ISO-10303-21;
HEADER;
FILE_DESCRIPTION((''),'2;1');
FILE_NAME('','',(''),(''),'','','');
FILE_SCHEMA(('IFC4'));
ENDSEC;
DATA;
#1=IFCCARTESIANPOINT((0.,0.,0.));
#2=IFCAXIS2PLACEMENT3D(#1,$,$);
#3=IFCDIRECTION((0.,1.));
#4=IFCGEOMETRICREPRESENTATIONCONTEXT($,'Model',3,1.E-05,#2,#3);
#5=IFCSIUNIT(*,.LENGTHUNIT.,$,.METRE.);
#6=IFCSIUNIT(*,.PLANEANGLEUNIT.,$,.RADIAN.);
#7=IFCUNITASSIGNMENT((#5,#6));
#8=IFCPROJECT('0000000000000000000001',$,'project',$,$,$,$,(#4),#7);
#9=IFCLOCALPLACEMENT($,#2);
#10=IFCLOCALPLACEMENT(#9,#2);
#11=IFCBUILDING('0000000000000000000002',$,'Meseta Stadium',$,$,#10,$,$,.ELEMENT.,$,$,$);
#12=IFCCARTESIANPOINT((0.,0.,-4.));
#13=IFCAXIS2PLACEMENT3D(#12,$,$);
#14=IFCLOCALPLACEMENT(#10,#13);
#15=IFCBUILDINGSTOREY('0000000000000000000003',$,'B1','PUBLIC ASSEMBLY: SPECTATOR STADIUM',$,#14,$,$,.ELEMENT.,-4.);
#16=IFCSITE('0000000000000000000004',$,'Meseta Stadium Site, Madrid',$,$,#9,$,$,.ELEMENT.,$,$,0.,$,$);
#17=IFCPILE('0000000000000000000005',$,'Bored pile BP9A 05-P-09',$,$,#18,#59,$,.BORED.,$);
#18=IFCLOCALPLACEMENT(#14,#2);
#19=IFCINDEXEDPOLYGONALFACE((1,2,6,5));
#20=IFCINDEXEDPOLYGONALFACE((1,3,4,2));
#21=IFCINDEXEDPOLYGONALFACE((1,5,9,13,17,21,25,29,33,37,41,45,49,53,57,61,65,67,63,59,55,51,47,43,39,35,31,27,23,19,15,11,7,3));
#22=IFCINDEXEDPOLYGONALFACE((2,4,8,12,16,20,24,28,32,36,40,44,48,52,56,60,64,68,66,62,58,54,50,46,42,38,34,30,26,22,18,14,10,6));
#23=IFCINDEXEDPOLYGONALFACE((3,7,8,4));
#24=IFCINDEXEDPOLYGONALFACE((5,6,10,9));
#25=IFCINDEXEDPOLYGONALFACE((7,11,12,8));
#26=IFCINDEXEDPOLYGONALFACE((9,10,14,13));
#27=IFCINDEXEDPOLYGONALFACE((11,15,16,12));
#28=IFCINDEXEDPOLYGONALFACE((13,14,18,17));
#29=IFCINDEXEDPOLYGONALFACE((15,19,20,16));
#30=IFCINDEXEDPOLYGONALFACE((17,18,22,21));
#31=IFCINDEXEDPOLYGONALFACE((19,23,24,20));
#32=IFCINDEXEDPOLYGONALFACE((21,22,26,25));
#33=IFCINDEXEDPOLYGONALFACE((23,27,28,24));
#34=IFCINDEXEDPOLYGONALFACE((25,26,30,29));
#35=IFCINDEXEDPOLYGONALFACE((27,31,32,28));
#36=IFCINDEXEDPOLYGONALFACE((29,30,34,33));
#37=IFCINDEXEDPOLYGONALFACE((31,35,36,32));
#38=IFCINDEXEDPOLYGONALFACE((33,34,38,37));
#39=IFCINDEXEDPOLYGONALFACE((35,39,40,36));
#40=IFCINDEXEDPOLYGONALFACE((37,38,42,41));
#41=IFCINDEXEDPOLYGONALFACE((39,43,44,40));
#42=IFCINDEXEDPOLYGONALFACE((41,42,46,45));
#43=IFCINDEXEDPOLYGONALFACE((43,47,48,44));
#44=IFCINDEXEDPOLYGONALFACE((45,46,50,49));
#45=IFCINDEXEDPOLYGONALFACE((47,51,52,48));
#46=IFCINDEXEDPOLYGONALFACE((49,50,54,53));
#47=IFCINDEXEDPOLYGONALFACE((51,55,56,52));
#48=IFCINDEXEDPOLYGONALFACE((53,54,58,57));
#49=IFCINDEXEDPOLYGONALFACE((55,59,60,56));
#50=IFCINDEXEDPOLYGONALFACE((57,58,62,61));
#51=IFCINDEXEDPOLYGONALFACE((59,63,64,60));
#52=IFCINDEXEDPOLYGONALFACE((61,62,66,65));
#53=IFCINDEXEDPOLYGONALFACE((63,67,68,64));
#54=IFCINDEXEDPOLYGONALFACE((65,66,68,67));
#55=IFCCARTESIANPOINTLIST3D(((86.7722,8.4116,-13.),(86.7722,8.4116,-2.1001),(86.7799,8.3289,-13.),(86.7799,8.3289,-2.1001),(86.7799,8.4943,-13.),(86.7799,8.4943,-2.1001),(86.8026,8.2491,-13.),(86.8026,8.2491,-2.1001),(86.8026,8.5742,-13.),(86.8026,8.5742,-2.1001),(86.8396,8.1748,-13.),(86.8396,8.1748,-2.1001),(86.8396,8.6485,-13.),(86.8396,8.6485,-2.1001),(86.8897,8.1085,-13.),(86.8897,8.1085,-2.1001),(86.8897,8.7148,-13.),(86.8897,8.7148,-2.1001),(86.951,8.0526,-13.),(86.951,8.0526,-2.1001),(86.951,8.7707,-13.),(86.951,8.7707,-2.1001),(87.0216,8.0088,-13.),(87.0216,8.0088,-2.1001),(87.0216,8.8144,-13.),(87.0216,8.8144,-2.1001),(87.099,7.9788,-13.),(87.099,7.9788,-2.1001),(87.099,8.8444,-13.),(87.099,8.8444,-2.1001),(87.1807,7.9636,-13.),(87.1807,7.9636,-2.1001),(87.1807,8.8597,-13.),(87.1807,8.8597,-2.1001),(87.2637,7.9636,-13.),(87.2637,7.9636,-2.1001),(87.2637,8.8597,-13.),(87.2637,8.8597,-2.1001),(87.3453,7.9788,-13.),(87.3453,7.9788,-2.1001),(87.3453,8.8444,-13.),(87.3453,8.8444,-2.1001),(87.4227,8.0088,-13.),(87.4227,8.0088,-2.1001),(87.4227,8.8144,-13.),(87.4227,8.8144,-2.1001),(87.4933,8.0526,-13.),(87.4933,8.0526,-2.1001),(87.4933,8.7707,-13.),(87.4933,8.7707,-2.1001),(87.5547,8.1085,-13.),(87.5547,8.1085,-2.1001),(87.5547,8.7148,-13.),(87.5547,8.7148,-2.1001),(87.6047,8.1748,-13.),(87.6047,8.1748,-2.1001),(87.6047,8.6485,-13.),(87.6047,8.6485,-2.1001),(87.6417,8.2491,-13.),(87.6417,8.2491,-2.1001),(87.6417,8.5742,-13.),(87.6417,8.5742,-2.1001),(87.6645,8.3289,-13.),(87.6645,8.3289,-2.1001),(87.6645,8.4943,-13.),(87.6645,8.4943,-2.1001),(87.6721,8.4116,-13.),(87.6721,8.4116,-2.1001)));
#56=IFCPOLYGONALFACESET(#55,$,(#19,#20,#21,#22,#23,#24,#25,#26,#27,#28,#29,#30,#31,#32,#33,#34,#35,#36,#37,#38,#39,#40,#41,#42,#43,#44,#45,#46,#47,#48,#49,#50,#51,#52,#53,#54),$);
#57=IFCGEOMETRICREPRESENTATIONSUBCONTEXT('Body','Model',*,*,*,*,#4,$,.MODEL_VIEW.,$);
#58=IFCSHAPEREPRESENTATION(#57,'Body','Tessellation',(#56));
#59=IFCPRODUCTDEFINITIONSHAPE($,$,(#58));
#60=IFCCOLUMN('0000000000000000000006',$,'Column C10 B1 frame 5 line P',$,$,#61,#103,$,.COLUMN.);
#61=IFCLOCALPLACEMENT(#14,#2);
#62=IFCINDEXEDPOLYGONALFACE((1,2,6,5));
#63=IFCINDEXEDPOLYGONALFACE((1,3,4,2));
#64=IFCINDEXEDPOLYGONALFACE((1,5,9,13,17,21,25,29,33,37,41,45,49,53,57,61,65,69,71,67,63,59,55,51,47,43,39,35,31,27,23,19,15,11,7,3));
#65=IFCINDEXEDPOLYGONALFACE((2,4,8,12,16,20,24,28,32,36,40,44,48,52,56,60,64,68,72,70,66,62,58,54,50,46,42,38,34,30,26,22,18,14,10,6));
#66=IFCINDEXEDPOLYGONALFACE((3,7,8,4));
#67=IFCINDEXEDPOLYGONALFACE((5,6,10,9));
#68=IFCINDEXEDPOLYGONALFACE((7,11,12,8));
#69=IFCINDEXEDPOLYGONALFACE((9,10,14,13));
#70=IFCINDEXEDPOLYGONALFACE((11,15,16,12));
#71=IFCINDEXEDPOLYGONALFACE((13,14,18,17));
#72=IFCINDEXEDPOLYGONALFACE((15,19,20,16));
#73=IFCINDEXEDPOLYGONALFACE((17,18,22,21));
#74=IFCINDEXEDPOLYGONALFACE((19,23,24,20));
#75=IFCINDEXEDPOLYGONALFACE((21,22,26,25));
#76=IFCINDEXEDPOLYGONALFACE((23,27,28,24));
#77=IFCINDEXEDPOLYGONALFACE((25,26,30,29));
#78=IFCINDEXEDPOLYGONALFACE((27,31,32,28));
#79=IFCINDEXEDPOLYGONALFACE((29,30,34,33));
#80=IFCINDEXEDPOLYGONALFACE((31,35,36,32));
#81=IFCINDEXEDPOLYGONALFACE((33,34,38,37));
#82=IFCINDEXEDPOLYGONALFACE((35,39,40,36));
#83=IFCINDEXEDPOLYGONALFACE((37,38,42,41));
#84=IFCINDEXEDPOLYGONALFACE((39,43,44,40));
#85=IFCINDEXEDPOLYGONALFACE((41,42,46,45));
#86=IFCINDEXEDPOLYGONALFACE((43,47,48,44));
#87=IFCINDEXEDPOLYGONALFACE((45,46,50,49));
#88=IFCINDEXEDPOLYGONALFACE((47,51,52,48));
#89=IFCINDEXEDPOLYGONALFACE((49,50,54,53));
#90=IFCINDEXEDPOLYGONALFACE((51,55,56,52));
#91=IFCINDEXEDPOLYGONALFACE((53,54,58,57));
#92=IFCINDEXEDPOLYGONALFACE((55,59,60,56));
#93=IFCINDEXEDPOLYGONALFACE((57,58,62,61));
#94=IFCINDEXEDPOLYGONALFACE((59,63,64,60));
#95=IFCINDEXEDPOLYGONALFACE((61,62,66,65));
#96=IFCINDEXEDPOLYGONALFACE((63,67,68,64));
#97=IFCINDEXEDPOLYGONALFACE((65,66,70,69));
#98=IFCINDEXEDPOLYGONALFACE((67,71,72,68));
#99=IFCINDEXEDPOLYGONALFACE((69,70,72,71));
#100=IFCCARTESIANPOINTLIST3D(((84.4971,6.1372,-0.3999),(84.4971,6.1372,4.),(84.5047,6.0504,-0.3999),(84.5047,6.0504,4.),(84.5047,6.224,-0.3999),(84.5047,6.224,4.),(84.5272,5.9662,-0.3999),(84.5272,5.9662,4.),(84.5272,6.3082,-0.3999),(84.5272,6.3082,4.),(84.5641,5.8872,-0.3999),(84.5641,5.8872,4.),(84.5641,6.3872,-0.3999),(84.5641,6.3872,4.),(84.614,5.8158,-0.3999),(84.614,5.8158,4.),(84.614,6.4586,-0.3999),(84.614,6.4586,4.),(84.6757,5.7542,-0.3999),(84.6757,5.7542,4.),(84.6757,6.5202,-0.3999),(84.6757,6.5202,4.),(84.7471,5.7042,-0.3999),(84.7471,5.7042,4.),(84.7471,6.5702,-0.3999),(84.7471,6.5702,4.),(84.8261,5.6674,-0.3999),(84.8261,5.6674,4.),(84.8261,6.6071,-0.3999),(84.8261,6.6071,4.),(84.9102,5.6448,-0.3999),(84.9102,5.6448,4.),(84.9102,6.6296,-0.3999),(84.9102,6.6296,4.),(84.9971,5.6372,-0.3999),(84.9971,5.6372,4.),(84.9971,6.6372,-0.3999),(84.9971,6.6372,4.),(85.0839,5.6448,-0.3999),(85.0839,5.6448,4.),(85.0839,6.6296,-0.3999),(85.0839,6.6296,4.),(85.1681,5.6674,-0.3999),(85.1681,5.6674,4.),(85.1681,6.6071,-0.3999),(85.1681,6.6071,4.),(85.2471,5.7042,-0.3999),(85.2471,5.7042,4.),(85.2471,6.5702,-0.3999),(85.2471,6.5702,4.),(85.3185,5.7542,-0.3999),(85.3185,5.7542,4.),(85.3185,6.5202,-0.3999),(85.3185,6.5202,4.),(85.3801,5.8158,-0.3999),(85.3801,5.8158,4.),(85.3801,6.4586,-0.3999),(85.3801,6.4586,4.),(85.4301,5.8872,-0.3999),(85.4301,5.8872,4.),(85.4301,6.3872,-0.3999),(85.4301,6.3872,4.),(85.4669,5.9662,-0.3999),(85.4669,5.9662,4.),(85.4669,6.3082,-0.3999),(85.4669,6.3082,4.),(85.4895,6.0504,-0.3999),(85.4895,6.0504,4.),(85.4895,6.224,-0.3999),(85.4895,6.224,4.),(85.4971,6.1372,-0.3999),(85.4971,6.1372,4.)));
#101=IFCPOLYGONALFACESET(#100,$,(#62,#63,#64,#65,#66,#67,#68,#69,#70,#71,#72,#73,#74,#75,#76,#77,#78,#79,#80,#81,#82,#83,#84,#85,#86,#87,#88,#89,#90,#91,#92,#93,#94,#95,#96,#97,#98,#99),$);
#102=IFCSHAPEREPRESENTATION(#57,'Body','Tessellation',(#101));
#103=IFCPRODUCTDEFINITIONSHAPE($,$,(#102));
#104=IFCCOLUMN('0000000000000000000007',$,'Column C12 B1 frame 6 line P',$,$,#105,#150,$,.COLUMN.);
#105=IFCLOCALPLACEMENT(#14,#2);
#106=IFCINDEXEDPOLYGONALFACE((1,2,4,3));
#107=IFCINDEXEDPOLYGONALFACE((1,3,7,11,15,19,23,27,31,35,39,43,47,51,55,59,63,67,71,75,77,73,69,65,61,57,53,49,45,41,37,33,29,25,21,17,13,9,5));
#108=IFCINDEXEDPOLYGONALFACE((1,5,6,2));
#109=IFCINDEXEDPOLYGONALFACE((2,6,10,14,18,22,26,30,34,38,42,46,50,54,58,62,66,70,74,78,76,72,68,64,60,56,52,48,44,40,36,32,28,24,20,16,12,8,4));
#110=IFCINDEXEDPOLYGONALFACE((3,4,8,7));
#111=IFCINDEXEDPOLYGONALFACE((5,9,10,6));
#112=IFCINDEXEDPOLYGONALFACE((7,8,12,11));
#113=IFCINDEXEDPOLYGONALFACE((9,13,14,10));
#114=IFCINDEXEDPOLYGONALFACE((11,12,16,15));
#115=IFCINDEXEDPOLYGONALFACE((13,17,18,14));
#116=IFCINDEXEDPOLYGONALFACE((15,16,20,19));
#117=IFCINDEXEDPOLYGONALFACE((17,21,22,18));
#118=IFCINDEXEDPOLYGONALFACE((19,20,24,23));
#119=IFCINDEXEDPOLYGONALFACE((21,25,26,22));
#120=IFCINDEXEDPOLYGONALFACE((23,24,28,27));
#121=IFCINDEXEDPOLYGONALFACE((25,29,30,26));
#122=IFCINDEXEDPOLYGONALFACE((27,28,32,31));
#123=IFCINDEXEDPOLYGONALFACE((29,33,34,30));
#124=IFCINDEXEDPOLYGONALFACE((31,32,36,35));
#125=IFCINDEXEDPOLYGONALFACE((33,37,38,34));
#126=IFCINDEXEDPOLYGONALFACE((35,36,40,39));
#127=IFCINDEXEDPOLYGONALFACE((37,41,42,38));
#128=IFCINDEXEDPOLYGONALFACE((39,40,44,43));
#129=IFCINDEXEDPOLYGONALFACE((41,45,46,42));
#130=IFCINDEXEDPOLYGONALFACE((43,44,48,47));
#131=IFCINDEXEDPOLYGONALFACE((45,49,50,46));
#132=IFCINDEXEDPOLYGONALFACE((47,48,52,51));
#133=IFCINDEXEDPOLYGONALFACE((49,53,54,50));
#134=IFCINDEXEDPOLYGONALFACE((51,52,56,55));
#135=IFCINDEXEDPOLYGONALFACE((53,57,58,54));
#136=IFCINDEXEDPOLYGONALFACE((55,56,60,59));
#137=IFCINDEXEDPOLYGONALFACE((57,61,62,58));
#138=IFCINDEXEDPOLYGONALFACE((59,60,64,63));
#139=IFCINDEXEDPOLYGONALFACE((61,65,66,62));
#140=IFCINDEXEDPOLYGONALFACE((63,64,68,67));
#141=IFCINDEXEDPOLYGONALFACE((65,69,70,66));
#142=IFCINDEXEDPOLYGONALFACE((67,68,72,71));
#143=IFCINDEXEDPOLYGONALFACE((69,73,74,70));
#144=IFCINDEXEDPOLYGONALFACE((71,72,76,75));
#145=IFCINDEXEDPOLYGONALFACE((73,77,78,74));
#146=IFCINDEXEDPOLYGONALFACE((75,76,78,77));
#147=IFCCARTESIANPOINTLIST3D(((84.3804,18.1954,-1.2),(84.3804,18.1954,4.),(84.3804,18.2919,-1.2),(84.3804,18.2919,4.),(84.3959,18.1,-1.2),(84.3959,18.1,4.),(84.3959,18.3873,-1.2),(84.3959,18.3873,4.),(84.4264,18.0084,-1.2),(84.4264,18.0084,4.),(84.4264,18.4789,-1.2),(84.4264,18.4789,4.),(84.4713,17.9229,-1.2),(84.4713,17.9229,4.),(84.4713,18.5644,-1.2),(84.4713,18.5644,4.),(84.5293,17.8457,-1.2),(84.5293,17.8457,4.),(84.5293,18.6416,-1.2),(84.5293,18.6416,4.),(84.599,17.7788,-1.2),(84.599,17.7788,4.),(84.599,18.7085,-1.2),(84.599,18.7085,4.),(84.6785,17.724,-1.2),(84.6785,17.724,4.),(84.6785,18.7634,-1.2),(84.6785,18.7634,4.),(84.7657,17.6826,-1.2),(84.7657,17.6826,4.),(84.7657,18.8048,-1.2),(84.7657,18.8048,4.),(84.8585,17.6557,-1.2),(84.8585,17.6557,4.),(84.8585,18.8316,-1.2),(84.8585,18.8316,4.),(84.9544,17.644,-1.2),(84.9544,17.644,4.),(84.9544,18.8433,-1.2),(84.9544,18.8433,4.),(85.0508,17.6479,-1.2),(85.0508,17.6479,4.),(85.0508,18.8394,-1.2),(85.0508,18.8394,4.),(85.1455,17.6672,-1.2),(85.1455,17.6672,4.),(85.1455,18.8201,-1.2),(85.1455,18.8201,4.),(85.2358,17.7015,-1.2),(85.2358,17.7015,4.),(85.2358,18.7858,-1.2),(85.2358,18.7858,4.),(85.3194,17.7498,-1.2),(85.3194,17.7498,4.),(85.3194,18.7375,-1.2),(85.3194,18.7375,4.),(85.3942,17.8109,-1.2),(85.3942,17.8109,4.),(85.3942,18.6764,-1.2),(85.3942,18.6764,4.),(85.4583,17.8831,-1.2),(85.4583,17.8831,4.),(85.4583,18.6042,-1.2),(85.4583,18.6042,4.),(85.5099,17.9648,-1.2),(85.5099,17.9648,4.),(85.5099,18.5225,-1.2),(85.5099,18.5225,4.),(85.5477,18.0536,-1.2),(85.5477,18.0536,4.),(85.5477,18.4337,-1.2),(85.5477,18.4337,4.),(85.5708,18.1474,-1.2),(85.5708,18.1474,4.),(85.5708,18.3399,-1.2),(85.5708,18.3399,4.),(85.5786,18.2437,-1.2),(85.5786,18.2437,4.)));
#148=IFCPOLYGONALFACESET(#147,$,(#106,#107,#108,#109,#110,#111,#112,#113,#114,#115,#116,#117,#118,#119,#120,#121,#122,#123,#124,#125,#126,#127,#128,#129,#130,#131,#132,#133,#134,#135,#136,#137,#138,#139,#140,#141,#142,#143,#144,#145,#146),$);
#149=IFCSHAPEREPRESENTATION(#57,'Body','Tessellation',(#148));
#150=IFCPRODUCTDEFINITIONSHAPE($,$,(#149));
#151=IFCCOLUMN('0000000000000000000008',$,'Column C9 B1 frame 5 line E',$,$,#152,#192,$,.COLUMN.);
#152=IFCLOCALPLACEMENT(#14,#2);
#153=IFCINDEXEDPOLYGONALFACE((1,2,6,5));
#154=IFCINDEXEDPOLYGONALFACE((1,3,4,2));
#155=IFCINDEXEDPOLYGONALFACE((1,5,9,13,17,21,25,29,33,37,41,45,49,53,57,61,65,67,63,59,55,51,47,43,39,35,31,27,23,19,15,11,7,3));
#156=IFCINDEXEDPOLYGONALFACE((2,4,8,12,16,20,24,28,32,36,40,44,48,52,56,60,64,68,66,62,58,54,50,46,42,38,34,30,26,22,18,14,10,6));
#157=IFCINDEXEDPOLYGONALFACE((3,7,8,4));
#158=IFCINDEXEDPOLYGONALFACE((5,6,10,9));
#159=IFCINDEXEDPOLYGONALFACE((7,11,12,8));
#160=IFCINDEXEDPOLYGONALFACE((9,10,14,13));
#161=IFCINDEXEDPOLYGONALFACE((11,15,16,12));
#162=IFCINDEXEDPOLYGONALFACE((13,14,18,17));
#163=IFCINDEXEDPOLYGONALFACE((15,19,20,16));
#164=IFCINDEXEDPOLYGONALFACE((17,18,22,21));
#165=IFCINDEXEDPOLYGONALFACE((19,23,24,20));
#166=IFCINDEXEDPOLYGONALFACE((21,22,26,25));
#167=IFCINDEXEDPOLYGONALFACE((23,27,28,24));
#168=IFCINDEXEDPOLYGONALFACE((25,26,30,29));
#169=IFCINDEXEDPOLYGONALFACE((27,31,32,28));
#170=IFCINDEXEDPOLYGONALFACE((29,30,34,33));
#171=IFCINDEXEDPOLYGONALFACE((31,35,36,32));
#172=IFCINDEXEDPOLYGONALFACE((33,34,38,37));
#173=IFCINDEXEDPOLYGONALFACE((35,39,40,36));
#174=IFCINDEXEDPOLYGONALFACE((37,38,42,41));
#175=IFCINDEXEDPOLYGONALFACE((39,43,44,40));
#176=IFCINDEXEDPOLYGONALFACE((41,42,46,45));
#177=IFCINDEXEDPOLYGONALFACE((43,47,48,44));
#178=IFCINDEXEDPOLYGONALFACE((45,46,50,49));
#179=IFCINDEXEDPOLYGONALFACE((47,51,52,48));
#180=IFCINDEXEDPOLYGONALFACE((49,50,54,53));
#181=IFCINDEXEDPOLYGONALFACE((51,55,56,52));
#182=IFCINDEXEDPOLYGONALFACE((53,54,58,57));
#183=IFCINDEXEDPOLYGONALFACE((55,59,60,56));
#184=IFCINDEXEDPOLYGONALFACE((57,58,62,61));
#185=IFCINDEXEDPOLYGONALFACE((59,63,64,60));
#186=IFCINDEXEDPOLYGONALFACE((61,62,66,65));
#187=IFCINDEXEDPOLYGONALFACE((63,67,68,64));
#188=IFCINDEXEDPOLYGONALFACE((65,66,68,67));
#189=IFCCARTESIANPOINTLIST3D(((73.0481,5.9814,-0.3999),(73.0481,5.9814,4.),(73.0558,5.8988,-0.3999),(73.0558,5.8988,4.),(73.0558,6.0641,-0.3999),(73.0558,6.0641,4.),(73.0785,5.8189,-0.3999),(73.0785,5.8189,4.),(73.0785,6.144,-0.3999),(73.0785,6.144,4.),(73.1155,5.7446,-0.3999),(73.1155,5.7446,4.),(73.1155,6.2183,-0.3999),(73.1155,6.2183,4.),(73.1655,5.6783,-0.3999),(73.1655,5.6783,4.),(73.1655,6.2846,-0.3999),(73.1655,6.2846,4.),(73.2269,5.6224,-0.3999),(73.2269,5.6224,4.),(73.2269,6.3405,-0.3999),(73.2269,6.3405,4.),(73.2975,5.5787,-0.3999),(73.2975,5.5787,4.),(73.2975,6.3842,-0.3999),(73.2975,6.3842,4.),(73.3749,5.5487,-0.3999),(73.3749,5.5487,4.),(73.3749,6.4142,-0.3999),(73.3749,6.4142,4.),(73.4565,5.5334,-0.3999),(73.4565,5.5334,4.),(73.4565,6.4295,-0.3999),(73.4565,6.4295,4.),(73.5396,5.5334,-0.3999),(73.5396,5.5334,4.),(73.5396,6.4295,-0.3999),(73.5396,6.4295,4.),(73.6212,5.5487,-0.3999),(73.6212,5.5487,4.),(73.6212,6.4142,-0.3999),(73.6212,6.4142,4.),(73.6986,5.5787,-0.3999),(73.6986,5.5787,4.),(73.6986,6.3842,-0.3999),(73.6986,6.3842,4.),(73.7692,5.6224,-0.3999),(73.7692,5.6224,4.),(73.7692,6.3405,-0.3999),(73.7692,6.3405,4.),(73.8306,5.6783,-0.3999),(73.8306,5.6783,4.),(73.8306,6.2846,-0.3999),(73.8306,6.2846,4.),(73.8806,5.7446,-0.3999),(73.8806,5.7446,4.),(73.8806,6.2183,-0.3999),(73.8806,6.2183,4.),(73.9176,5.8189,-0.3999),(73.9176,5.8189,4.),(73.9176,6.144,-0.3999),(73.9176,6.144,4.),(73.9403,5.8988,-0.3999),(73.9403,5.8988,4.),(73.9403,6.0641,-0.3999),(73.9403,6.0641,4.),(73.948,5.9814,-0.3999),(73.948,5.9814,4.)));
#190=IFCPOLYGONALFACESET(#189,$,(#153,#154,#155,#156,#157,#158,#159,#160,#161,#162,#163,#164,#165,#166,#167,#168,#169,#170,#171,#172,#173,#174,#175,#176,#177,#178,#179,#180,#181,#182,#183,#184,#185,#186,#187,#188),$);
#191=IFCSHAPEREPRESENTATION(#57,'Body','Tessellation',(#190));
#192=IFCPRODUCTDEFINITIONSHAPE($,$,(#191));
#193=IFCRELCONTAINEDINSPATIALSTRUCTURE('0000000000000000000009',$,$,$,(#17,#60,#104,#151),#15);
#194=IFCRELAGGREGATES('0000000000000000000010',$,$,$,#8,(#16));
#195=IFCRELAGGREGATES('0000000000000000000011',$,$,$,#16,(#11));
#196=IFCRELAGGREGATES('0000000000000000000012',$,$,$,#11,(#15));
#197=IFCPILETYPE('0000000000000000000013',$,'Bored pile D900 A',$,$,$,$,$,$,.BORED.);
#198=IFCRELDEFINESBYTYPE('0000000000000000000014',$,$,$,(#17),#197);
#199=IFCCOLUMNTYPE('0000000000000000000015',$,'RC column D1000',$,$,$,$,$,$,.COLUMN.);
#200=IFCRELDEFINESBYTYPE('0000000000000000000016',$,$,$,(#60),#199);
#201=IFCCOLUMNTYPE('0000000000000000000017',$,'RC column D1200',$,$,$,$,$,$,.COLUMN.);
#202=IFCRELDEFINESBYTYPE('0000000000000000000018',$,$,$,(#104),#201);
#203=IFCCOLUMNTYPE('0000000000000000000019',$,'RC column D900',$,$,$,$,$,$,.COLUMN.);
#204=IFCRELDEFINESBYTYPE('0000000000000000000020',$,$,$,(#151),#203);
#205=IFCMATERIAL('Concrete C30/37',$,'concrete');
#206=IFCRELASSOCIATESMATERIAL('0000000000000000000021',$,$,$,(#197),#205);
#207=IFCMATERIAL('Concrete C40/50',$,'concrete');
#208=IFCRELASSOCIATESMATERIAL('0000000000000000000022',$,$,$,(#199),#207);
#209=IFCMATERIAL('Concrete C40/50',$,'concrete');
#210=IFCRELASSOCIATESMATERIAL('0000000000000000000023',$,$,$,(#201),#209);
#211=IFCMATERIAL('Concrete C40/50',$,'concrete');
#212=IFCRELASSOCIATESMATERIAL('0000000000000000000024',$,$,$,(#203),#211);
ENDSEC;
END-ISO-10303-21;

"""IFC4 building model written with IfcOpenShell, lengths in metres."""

from ifc_helpers import new_model, si_unit, direction, frame, origin, origin_2d, place, context, subcontext, project, spatial, circle, extrude, material, material_profile, profile_set, type_object, element, save


model = new_model("IFC4")

# Units and contexts
model_context = context("Model", 3, precision=1e-05, world=origin(), true_north=direction((0.0, 1.0)))
body_context = subcontext(model_context, "Body", "Model", "MODEL_VIEW")
ifc_project = project(units=[si_unit("LENGTHUNIT", "METRE"), si_unit("PLANEANGLEUNIT", "RADIAN")], contexts=[model_context])

# Site, building, storey
site_placement = place(None, origin())
site = spatial("IfcSite", under=ifc_project, at=site_placement, Name="Meseta Stadium Site, Madrid", CompositionType="ELEMENT", RefElevation=0.0)
building_placement = place(site_placement, origin())
building = spatial("IfcBuilding", under=site, at=building_placement, Name="Meseta Stadium", CompositionType="ELEMENT")
storey_placement = place(building_placement, frame((0.0, 0.0, -4.0)))
storey = spatial("IfcBuildingStorey", under=building, at=storey_placement, Name="B1", Description="PUBLIC ASSEMBLY: SPECTATOR STADIUM", CompositionType="ELEMENT", Elevation=-4.0)

# Pile
ifc_material_1 = material(Name="Concrete C30/37", Category="concrete")
ifc_material_profile_1 = material_profile(ifc_material_1, circle(Radius=0.45, at=origin_2d()), Name="D900")
ifc_profile_set_1 = profile_set([ifc_material_profile_1], Name="Concrete C30/37")
pile_type = type_object("IfcPileType", Name="Bored pile D900 A", PredefinedType="BORED", material=ifc_profile_set_1)
for number, where, z_axis, x_axis, name in (
    (1, (87.2222, 8.4116, -2.1001), (0.0, 0.0, -1.0), (1.0, 0.0, 0.0), "Bored pile BP9A 05-P-09"),
):
    element("IfcPile", number, at=place(storey_placement, frame(where, z_axis=z_axis, x_axis=x_axis)), inside=storey, type_object=pile_type, Name=name, PredefinedType="BORED", context=body_context, shape_type="SweptSolid", body=[
        extrude(circle(Radius=0.45, at=origin_2d()), origin(), (0.0, 0.0, 1.0), 10.8999),
    ])

# Columns
ifc_material_2 = material(Name="Concrete C40/50", Category="concrete")
ifc_material_profile_2 = material_profile(ifc_material_2, circle(Radius=0.5, at=origin_2d()), Name="RC D1000")
ifc_profile_set_2 = profile_set([ifc_material_profile_2], Name="Concrete C40/50")
column_type_1 = type_object("IfcColumnType", Name="RC column D1000", PredefinedType="COLUMN", material=ifc_profile_set_2)
column_1_placement = place(storey_placement, frame((84.9971, 6.1372, -0.3999), z_axis=(0.0, 0.0, 1.0), x_axis=(1.0, 0.0, 0.0)))
element("IfcColumn", 2, at=column_1_placement, inside=storey, type_object=column_type_1, Name="Column C10 B1 frame 5 line P", PredefinedType="COLUMN", context=body_context, shape_type="SweptSolid", body=[
    extrude(circle(Radius=0.5, at=origin_2d()), origin(), (0.0, 0.0, 1.0), 4.3999),
])
ifc_material_3 = material(Name="Concrete C40/50", Category="concrete")
ifc_material_profile_3 = material_profile(ifc_material_3, circle(Radius=0.6001, at=origin_2d()), Name="RC D1200")
ifc_profile_set_3 = profile_set([ifc_material_profile_3], Name="Concrete C40/50")
column_type_2 = type_object("IfcColumnType", Name="RC column D1200", PredefinedType="COLUMN", material=ifc_profile_set_3)
column_2_placement = place(storey_placement, frame((84.9785, 18.2437, -1.2), z_axis=(0.0, 0.0, 1.0), x_axis=(1.0, 0.0, 0.0)))
element("IfcColumn", 3, at=column_2_placement, inside=storey, type_object=column_type_2, Name="Column C12 B1 frame 6 line P", PredefinedType="COLUMN", context=body_context, shape_type="SweptSolid", body=[
    extrude(circle(Radius=0.6001, at=origin_2d()), origin(), (0.0, 0.0, 1.0), 5.2),
])
ifc_material_4 = material(Name="Concrete C40/50", Category="concrete")
ifc_material_profile_4 = material_profile(ifc_material_4, circle(Radius=0.45, at=origin_2d()), Name="RC D900")
ifc_profile_set_4 = profile_set([ifc_material_profile_4], Name="Concrete C40/50")
column_type_3 = type_object("IfcColumnType", Name="RC column D900", PredefinedType="COLUMN", material=ifc_profile_set_4)
for number, where, z_axis, x_axis, name in (
    (4, (73.498, 5.9814, -0.3999), (0.0, 0.0, 1.0), (1.0, 0.0, 0.0), "Column C9 B1 frame 5 line E"),
):
    element("IfcColumn", number, at=place(storey_placement, frame(where, z_axis=z_axis, x_axis=x_axis)), inside=storey, type_object=column_type_3, Name=name, PredefinedType="COLUMN", context=body_context, shape_type="SweptSolid", body=[
        extrude(circle(Radius=0.45, at=origin_2d()), origin(), (0.0, 0.0, 1.0), 4.3999),
    ])

save(model, "model.ifc")
